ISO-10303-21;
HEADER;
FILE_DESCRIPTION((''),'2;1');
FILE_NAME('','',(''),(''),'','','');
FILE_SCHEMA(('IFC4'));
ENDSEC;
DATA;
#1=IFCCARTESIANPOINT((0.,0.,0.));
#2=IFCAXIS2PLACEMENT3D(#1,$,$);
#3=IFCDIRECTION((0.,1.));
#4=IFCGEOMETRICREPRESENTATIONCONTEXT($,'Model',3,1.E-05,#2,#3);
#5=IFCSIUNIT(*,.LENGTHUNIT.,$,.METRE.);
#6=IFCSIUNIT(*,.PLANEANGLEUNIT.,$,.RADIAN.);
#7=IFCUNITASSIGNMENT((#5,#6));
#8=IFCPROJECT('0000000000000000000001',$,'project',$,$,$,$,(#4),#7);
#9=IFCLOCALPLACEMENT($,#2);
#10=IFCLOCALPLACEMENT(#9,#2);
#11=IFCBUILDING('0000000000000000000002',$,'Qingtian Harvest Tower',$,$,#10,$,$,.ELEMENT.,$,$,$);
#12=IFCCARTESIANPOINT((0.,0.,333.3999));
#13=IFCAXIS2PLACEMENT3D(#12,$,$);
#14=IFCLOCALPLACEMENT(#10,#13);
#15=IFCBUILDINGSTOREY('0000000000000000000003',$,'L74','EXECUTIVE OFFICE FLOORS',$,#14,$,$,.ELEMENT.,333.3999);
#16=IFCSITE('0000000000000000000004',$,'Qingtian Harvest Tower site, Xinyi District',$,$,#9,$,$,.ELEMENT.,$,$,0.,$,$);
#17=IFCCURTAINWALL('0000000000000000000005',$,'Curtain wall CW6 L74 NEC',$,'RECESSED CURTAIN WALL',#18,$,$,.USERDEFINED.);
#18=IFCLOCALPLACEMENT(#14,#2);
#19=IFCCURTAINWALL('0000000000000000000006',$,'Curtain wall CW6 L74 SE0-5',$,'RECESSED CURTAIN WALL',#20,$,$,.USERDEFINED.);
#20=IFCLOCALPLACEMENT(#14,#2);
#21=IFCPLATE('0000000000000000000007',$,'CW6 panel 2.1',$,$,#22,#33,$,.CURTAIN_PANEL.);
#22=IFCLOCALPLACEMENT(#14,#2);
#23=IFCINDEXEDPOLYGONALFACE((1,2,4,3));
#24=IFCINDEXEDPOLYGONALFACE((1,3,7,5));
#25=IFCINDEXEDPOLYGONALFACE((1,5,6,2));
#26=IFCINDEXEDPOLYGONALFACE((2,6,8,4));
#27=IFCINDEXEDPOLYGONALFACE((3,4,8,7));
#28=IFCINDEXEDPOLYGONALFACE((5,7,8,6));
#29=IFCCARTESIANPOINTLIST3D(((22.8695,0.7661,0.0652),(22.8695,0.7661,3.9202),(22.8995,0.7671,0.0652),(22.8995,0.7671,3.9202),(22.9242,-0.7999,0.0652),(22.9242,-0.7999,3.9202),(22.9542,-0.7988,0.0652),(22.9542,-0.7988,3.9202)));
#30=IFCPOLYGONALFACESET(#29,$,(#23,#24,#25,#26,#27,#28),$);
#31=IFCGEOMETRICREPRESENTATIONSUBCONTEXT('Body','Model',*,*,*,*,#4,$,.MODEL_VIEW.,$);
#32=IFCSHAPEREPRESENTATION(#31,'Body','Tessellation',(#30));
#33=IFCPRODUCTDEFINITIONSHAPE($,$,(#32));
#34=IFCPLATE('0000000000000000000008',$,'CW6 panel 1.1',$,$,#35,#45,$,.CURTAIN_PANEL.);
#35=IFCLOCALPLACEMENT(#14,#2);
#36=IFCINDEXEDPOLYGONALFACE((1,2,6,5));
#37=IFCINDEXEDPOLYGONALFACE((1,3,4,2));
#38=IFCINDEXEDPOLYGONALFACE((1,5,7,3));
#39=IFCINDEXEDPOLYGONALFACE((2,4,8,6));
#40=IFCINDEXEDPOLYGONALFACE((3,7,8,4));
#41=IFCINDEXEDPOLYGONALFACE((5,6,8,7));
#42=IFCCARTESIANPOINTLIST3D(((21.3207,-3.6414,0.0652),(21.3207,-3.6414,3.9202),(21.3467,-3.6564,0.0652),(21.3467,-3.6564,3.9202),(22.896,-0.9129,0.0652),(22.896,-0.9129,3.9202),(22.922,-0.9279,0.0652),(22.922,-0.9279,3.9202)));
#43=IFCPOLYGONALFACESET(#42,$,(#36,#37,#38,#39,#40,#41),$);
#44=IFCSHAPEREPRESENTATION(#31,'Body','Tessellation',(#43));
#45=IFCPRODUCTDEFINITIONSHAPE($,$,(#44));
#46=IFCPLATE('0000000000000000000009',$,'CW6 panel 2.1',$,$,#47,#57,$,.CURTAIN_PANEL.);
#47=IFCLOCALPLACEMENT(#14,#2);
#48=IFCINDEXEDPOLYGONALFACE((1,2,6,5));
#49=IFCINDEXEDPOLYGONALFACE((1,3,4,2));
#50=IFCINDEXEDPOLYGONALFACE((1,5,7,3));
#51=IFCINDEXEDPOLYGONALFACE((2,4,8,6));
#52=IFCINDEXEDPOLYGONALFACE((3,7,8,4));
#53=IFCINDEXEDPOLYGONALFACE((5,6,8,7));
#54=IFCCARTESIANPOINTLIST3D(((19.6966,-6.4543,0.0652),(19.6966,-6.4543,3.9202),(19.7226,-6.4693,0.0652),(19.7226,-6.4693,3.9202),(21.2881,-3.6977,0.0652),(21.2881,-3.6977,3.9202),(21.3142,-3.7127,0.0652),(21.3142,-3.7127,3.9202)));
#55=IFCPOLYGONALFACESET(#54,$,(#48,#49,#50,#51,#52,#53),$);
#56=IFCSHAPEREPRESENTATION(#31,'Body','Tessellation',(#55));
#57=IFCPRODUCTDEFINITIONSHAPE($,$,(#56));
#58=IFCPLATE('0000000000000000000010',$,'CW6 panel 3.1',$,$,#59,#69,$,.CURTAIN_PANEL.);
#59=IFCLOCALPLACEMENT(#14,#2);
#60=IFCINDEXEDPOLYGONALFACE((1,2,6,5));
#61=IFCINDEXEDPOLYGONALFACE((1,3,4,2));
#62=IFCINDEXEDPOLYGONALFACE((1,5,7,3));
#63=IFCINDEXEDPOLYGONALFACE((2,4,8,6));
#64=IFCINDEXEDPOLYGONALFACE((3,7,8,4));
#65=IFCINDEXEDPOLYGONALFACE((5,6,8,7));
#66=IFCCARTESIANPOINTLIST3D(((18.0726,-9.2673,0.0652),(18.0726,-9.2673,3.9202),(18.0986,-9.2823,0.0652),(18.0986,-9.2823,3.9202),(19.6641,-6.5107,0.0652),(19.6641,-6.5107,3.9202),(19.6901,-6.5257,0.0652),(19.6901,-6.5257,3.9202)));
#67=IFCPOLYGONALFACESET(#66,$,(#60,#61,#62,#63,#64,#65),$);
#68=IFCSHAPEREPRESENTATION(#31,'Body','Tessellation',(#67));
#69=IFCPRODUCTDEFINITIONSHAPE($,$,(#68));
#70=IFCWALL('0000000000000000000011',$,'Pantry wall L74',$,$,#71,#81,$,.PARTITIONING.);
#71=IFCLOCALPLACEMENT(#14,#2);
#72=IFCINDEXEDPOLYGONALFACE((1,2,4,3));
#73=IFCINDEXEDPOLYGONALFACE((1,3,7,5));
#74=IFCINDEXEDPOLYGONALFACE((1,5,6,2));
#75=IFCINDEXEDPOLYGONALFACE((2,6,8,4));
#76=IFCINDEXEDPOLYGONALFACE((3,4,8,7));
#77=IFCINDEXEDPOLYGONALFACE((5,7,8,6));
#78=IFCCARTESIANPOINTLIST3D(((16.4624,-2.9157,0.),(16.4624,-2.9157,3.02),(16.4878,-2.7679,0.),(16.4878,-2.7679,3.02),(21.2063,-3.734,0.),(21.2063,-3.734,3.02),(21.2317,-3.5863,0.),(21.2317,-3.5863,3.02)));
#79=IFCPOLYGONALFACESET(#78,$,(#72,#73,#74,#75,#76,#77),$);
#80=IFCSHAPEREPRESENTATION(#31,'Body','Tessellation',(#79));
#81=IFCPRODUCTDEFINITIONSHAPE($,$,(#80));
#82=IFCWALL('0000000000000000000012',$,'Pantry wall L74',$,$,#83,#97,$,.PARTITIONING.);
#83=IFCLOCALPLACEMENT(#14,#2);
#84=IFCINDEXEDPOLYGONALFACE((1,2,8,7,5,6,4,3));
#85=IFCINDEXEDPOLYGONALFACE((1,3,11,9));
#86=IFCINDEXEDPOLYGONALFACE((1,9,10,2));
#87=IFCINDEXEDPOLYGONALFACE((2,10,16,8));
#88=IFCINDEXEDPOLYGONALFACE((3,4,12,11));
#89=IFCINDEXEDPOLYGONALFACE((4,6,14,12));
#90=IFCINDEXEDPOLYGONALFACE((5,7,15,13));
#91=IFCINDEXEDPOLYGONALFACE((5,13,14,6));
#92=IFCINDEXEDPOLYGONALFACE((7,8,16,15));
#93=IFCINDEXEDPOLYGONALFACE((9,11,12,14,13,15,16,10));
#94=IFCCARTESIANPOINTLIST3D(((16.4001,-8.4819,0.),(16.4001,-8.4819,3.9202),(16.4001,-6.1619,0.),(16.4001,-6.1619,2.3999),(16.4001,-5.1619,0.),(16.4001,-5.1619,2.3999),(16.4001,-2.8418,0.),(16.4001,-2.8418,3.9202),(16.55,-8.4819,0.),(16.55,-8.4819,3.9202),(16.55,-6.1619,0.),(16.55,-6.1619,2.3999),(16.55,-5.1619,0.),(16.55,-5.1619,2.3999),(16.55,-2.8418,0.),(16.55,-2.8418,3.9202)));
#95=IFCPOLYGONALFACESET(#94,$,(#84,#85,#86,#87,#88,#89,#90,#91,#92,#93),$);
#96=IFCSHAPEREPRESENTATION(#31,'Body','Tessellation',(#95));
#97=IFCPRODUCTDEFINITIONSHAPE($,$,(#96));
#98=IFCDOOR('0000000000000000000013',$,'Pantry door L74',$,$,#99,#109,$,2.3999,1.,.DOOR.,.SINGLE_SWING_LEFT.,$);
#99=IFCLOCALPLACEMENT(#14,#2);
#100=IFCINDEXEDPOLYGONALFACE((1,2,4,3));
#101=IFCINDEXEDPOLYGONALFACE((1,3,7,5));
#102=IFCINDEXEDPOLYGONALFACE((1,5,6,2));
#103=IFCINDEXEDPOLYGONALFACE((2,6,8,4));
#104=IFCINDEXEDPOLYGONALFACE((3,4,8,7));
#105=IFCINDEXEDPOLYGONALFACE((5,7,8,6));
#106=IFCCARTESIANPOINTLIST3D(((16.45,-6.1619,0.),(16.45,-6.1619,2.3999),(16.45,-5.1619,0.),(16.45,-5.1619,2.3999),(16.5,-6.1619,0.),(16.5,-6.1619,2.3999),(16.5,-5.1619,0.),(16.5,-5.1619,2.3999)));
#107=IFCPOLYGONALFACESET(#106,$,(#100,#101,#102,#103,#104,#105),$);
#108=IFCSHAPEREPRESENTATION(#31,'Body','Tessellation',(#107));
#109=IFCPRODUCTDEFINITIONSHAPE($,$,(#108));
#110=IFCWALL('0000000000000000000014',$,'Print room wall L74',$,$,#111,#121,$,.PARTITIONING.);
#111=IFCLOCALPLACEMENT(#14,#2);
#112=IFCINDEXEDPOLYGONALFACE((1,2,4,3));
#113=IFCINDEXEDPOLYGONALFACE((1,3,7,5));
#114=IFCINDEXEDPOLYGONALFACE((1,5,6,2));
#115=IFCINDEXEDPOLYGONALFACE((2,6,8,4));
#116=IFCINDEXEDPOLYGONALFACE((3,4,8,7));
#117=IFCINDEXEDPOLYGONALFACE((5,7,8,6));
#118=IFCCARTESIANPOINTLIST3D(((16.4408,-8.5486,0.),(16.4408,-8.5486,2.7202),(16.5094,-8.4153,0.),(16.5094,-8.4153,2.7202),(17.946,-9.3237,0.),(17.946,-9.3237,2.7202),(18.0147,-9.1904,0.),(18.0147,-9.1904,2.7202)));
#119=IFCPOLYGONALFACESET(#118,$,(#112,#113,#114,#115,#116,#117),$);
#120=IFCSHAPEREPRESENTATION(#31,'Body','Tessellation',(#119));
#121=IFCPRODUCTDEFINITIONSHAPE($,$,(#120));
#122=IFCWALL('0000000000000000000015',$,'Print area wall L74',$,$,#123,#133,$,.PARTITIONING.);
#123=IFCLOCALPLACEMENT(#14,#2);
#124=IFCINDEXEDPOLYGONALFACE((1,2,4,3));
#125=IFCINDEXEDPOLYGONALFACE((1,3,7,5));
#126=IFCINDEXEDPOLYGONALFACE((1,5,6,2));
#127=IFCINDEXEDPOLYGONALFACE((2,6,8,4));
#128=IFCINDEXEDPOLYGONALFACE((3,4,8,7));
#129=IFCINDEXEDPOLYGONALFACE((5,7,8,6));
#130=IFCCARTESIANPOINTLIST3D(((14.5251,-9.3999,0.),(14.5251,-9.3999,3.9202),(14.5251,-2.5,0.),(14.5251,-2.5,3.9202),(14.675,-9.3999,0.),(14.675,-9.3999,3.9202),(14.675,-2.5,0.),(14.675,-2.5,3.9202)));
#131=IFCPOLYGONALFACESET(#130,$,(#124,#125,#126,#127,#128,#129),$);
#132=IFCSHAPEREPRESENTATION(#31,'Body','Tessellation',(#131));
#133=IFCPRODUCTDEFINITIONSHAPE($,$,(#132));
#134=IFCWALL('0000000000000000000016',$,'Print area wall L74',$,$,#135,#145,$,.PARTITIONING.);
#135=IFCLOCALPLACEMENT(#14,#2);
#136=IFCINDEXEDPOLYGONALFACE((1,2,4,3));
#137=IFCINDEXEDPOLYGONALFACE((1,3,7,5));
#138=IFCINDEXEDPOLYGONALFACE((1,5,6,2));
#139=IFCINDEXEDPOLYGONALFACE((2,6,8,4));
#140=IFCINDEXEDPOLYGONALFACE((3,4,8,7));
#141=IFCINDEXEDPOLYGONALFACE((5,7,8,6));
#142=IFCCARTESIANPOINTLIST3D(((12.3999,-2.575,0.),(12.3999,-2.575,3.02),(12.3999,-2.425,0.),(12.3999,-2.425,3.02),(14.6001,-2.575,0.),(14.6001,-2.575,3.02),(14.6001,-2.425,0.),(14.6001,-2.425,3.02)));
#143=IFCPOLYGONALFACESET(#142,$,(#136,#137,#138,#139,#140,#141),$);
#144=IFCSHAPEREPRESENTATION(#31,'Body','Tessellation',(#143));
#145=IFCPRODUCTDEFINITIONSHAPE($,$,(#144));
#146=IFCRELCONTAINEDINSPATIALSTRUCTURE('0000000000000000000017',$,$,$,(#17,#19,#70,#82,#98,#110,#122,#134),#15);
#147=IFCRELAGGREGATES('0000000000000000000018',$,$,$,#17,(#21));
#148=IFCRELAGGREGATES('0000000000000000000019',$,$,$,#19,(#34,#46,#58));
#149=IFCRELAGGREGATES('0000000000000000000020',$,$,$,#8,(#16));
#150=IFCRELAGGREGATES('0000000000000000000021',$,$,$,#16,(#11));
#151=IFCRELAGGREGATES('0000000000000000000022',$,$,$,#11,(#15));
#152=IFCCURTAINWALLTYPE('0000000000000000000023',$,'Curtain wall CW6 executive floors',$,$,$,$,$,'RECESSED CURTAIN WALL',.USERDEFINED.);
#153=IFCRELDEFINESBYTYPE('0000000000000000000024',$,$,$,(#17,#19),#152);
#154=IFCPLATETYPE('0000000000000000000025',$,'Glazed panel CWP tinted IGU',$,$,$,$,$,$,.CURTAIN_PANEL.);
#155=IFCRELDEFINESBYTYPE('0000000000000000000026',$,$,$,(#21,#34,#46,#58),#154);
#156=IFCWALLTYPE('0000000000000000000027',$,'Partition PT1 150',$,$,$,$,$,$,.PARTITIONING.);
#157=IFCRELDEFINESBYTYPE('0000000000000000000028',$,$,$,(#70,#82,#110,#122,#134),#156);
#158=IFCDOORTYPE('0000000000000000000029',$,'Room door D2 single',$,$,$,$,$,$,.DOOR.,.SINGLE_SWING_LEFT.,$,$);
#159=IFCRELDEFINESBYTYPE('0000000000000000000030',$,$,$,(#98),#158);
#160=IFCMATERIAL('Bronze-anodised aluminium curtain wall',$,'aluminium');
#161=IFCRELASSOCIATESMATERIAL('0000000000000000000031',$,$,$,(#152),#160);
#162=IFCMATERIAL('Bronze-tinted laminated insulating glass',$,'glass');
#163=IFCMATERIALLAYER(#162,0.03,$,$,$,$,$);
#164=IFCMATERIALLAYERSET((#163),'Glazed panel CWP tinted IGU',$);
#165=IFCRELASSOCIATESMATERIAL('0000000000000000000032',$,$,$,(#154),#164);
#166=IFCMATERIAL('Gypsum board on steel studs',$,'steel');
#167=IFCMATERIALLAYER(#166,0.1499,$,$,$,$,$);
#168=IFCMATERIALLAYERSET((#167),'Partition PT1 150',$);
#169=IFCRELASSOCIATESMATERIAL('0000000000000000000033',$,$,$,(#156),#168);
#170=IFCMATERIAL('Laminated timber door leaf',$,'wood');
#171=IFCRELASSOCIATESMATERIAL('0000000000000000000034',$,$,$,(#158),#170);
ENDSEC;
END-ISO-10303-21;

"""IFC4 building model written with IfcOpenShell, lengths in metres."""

from ifc_helpers import new_model, si_unit, direction, frame, frame_2d, origin, origin_2d, place, context, subcontext, project, spatial, rectangle, extrude, material, layer, layer_set, type_object, element, fill, aggregate, save


model = new_model("IFC4")

# Units and contexts
model_context = context("Model", 3, precision=1e-05, world=origin(), true_north=direction((0.0, 1.0)))
body_context = subcontext(model_context, "Body", "Model", "MODEL_VIEW")
ifc_project = project(units=[si_unit("LENGTHUNIT", "METRE"), si_unit("PLANEANGLEUNIT", "RADIAN")], contexts=[model_context])

# Site, building, storey
site_placement = place(None, origin())
site = spatial("IfcSite", under=ifc_project, at=site_placement, Name="Qingtian Harvest Tower site, Xinyi District", CompositionType="ELEMENT", RefElevation=0.0)
building_placement = place(site_placement, origin())
building = spatial("IfcBuilding", under=site, at=building_placement, Name="Qingtian Harvest Tower", CompositionType="ELEMENT")
storey_placement = place(building_placement, frame((0.0, 0.0, 333.3999)))
storey = spatial("IfcBuildingStorey", under=building, at=storey_placement, Name="L74", Description="EXECUTIVE OFFICE FLOORS", CompositionType="ELEMENT", Elevation=333.3999)

# Curtain wall
ifc_material_1 = material(Name="Bronze-anodised aluminium curtain wall", Category="aluminium")
curtain_wall_type = type_object("IfcCurtainWallType", Name="Curtain wall CW6 executive floors", ElementType="RECESSED CURTAIN WALL", PredefinedType="USERDEFINED", material=ifc_material_1)
curtain_wall_1_placement = place(storey_placement, origin())
curtain_wall_1 = element("IfcCurtainWall", 1, at=curtain_wall_1_placement, inside=storey, type_object=curtain_wall_type, Name="Curtain wall CW6 L74 NEC", ObjectType="RECESSED CURTAIN WALL", PredefinedType="USERDEFINED")

# Curtain wall
curtain_wall_2_placement = place(storey_placement, origin())
curtain_wall_2 = element("IfcCurtainWall", 2, at=curtain_wall_2_placement, inside=storey, type_object=curtain_wall_type, Name="Curtain wall CW6 L74 SE0-5", ObjectType="RECESSED CURTAIN WALL", PredefinedType="USERDEFINED")

# Plates
ifc_material_2 = material(Name="Bronze-tinted laminated insulating glass", Category="glass")
ifc_layer_1 = layer(ifc_material_2, 0.03)
ifc_layer_set_1 = layer_set([ifc_layer_1], Name="Glazed panel CWP tinted IGU")
plate_type = type_object("IfcPlateType", Name="Glazed panel CWP tinted IGU", PredefinedType="CURTAIN_PANEL", material=ifc_layer_set_1)
plate_1_placement = place(storey_placement, frame((22.9119, -0.0164, 0.0652), z_axis=(0.0, 0.0, 1.0), x_axis=(0.034899, -0.999391, 0.0)))
plate_1 = element("IfcPlate", 3, at=plate_1_placement, type_object=plate_type, Name="CW6 panel 2.1", PredefinedType="CURTAIN_PANEL", context=body_context, shape_type="SweptSolid", body=[
    extrude(rectangle(XDim=1.5669, YDim=0.03, at=origin_2d()), origin(), (0.0, 0.0, 1.0), 3.855),
])
aggregate(curtain_wall_1, [plate_1])
plate_2_placement = place(storey_placement, frame((22.1213, -2.2847, 0.0652), z_axis=(0.0, 0.0, 1.0), x_axis=(-0.5, -0.866025, 0.0)))
plate_2 = element("IfcPlate", 4, at=plate_2_placement, type_object=plate_type, Name="CW6 panel 1.1", PredefinedType="CURTAIN_PANEL", context=body_context, shape_type="SweptSolid", body=[
    extrude(rectangle(XDim=3.1506, YDim=0.03, at=origin_2d()), origin(), (0.0, 0.0, 1.0), 3.855),
])
plate_3_placement = place(storey_placement, frame((20.5054, -5.0835, 0.0652), z_axis=(0.0, 0.0, 1.0), x_axis=(-0.5, -0.866025, 0.0)))
plate_3 = element("IfcPlate", 5, at=plate_3_placement, type_object=plate_type, Name="CW6 panel 2.1", PredefinedType="CURTAIN_PANEL", context=body_context, shape_type="SweptSolid", body=[
    extrude(rectangle(XDim=3.1831, YDim=0.03, at=origin_2d()), origin(), (0.0, 0.0, 1.0), 3.855),
])
plate_4_placement = place(storey_placement, frame((18.8813, -7.8965, 0.0652), z_axis=(0.0, 0.0, 1.0), x_axis=(-0.5, -0.866025, 0.0)))
plate_4 = element("IfcPlate", 6, at=plate_4_placement, type_object=plate_type, Name="CW6 panel 3.1", PredefinedType="CURTAIN_PANEL", context=body_context, shape_type="SweptSolid", body=[
    extrude(rectangle(XDim=3.1831, YDim=0.03, at=origin_2d()), origin(), (0.0, 0.0, 1.0), 3.855),
])
aggregate(curtain_wall_2, [plate_2, plate_3, plate_4])

# Wall
ifc_material_3 = material(Name="Gypsum board on steel studs", Category="steel")
ifc_layer_2 = layer(ifc_material_3, 0.1499)
ifc_layer_set_2 = layer_set([ifc_layer_2], Name="Partition PT1 150")
wall_type = type_object("IfcWallType", Name="Partition PT1 150", PredefinedType="PARTITIONING", material=ifc_layer_set_2)
wall_1_placement = place(storey_placement, frame((21.219, -3.6602, 0.0), z_axis=(0.0, 0.0, 1.0), x_axis=(-0.985445, 0.169997, 0.0)))
element("IfcWall", 7, at=wall_1_placement, inside=storey, type_object=wall_type, Name="Pantry wall L74", PredefinedType="PARTITIONING", context=body_context, shape_type="SweptSolid", body=[
    extrude(rectangle(XDim=4.814, YDim=0.1499, at=frame_2d((2.407, 0.0))), origin(), (0.0, 0.0, 1.0), 3.02),
])

# Wall, opening, door
wall_2_placement = place(storey_placement, frame((16.4751, -2.8418, 0.0), z_axis=(0.0, 0.0, 1.0), x_axis=(0.0, -1.0, 0.0)))
wall_2 = element("IfcWall", 8, at=wall_2_placement, inside=storey, type_object=wall_type, Name="Pantry wall L74", PredefinedType="PARTITIONING", context=body_context, shape_type="SweptSolid", body=[
    extrude(rectangle(XDim=5.6401, YDim=0.1499, at=frame_2d((2.8201, 0.0))), origin(), (0.0, 0.0, 1.0), 3.9202),
])
opening_1_placement = place(wall_2_placement, frame((2.3201, 0.0, 0.0)))
opening_1 = element("IfcOpeningElement", 9, at=opening_1_placement, cuts=wall_2, PredefinedType="OPENING", context=body_context, shape_type="SweptSolid", body=[
    extrude(rectangle(XDim=1.0, YDim=2.3999, at=frame_2d((0.5, 1.2))), frame((0.0, 0.085, 0.0), z_axis=(0.0, -1.0, 0.0), x_axis=(1.0, 0.0, 0.0)), (0.0, 0.0, 1.0), 0.1699),
])
ifc_material_4 = material(Name="Laminated timber door leaf", Category="wood")
door_type = type_object("IfcDoorType", Name="Room door D2 single", OperationType="SINGLE_SWING_LEFT", PredefinedType="DOOR", material=ifc_material_4)
door_1_placement = place(opening_1_placement, origin())
door_1 = element("IfcDoor", 10, at=door_1_placement, inside=storey, type_object=door_type, Name="Pantry door L74", OperationType="SINGLE_SWING_LEFT", OverallHeight=2.3999, OverallWidth=1.0, PredefinedType="DOOR", context=body_context, shape_type="SweptSolid", body=[
    extrude(rectangle(XDim=1.0, YDim=2.3999, at=frame_2d((0.5, 1.2))), frame((0.0, 0.0249, 0.0), z_axis=(0.0, -1.0, 0.0), x_axis=(1.0, 0.0, 0.0)), (0.0, 0.0, 1.0), 0.05),
])
fill(opening_1, door_1)

# Wall
wall_3_placement = place(storey_placement, frame((17.9805, -9.2571, 0.0), z_axis=(0.0, 0.0, 1.0), x_axis=(-0.889058, 0.457794, 0.0)))
element("IfcWall", 11, at=wall_3_placement, inside=storey, type_object=wall_type, Name="Print room wall L74", PredefinedType="PARTITIONING", context=body_context, shape_type="SweptSolid", body=[
    extrude(rectangle(XDim=1.6931, YDim=0.1499, at=frame_2d((0.8467, 0.0))), origin(), (0.0, 0.0, 1.0), 2.7202),
])

# Walls
wall_4_placement = place(storey_placement, frame((14.6001, -9.3999, 0.0), z_axis=(0.0, 0.0, 1.0), x_axis=(0.0, 1.0, 0.0)))
element("IfcWall", 12, at=wall_4_placement, inside=storey, type_object=wall_type, Name="Print area wall L74", PredefinedType="PARTITIONING", context=body_context, shape_type="SweptSolid", body=[
    extrude(rectangle(XDim=6.8999, YDim=0.1499, at=frame_2d((3.45, 0.0))), origin(), (0.0, 0.0, 1.0), 3.9202),
])
wall_5_placement = place(storey_placement, frame((12.3999, -2.5, 0.0), z_axis=(0.0, 0.0, 1.0), x_axis=(1.0, 0.0, 0.0)))
element("IfcWall", 13, at=wall_5_placement, inside=storey, type_object=wall_type, Name="Print area wall L74", PredefinedType="PARTITIONING", context=body_context, shape_type="SweptSolid", body=[
    extrude(rectangle(XDim=2.2002, YDim=0.1499, at=frame_2d((1.1001, 0.0))), origin(), (0.0, 0.0, 1.0), 3.02),
])

save(model, "model.ifc")
